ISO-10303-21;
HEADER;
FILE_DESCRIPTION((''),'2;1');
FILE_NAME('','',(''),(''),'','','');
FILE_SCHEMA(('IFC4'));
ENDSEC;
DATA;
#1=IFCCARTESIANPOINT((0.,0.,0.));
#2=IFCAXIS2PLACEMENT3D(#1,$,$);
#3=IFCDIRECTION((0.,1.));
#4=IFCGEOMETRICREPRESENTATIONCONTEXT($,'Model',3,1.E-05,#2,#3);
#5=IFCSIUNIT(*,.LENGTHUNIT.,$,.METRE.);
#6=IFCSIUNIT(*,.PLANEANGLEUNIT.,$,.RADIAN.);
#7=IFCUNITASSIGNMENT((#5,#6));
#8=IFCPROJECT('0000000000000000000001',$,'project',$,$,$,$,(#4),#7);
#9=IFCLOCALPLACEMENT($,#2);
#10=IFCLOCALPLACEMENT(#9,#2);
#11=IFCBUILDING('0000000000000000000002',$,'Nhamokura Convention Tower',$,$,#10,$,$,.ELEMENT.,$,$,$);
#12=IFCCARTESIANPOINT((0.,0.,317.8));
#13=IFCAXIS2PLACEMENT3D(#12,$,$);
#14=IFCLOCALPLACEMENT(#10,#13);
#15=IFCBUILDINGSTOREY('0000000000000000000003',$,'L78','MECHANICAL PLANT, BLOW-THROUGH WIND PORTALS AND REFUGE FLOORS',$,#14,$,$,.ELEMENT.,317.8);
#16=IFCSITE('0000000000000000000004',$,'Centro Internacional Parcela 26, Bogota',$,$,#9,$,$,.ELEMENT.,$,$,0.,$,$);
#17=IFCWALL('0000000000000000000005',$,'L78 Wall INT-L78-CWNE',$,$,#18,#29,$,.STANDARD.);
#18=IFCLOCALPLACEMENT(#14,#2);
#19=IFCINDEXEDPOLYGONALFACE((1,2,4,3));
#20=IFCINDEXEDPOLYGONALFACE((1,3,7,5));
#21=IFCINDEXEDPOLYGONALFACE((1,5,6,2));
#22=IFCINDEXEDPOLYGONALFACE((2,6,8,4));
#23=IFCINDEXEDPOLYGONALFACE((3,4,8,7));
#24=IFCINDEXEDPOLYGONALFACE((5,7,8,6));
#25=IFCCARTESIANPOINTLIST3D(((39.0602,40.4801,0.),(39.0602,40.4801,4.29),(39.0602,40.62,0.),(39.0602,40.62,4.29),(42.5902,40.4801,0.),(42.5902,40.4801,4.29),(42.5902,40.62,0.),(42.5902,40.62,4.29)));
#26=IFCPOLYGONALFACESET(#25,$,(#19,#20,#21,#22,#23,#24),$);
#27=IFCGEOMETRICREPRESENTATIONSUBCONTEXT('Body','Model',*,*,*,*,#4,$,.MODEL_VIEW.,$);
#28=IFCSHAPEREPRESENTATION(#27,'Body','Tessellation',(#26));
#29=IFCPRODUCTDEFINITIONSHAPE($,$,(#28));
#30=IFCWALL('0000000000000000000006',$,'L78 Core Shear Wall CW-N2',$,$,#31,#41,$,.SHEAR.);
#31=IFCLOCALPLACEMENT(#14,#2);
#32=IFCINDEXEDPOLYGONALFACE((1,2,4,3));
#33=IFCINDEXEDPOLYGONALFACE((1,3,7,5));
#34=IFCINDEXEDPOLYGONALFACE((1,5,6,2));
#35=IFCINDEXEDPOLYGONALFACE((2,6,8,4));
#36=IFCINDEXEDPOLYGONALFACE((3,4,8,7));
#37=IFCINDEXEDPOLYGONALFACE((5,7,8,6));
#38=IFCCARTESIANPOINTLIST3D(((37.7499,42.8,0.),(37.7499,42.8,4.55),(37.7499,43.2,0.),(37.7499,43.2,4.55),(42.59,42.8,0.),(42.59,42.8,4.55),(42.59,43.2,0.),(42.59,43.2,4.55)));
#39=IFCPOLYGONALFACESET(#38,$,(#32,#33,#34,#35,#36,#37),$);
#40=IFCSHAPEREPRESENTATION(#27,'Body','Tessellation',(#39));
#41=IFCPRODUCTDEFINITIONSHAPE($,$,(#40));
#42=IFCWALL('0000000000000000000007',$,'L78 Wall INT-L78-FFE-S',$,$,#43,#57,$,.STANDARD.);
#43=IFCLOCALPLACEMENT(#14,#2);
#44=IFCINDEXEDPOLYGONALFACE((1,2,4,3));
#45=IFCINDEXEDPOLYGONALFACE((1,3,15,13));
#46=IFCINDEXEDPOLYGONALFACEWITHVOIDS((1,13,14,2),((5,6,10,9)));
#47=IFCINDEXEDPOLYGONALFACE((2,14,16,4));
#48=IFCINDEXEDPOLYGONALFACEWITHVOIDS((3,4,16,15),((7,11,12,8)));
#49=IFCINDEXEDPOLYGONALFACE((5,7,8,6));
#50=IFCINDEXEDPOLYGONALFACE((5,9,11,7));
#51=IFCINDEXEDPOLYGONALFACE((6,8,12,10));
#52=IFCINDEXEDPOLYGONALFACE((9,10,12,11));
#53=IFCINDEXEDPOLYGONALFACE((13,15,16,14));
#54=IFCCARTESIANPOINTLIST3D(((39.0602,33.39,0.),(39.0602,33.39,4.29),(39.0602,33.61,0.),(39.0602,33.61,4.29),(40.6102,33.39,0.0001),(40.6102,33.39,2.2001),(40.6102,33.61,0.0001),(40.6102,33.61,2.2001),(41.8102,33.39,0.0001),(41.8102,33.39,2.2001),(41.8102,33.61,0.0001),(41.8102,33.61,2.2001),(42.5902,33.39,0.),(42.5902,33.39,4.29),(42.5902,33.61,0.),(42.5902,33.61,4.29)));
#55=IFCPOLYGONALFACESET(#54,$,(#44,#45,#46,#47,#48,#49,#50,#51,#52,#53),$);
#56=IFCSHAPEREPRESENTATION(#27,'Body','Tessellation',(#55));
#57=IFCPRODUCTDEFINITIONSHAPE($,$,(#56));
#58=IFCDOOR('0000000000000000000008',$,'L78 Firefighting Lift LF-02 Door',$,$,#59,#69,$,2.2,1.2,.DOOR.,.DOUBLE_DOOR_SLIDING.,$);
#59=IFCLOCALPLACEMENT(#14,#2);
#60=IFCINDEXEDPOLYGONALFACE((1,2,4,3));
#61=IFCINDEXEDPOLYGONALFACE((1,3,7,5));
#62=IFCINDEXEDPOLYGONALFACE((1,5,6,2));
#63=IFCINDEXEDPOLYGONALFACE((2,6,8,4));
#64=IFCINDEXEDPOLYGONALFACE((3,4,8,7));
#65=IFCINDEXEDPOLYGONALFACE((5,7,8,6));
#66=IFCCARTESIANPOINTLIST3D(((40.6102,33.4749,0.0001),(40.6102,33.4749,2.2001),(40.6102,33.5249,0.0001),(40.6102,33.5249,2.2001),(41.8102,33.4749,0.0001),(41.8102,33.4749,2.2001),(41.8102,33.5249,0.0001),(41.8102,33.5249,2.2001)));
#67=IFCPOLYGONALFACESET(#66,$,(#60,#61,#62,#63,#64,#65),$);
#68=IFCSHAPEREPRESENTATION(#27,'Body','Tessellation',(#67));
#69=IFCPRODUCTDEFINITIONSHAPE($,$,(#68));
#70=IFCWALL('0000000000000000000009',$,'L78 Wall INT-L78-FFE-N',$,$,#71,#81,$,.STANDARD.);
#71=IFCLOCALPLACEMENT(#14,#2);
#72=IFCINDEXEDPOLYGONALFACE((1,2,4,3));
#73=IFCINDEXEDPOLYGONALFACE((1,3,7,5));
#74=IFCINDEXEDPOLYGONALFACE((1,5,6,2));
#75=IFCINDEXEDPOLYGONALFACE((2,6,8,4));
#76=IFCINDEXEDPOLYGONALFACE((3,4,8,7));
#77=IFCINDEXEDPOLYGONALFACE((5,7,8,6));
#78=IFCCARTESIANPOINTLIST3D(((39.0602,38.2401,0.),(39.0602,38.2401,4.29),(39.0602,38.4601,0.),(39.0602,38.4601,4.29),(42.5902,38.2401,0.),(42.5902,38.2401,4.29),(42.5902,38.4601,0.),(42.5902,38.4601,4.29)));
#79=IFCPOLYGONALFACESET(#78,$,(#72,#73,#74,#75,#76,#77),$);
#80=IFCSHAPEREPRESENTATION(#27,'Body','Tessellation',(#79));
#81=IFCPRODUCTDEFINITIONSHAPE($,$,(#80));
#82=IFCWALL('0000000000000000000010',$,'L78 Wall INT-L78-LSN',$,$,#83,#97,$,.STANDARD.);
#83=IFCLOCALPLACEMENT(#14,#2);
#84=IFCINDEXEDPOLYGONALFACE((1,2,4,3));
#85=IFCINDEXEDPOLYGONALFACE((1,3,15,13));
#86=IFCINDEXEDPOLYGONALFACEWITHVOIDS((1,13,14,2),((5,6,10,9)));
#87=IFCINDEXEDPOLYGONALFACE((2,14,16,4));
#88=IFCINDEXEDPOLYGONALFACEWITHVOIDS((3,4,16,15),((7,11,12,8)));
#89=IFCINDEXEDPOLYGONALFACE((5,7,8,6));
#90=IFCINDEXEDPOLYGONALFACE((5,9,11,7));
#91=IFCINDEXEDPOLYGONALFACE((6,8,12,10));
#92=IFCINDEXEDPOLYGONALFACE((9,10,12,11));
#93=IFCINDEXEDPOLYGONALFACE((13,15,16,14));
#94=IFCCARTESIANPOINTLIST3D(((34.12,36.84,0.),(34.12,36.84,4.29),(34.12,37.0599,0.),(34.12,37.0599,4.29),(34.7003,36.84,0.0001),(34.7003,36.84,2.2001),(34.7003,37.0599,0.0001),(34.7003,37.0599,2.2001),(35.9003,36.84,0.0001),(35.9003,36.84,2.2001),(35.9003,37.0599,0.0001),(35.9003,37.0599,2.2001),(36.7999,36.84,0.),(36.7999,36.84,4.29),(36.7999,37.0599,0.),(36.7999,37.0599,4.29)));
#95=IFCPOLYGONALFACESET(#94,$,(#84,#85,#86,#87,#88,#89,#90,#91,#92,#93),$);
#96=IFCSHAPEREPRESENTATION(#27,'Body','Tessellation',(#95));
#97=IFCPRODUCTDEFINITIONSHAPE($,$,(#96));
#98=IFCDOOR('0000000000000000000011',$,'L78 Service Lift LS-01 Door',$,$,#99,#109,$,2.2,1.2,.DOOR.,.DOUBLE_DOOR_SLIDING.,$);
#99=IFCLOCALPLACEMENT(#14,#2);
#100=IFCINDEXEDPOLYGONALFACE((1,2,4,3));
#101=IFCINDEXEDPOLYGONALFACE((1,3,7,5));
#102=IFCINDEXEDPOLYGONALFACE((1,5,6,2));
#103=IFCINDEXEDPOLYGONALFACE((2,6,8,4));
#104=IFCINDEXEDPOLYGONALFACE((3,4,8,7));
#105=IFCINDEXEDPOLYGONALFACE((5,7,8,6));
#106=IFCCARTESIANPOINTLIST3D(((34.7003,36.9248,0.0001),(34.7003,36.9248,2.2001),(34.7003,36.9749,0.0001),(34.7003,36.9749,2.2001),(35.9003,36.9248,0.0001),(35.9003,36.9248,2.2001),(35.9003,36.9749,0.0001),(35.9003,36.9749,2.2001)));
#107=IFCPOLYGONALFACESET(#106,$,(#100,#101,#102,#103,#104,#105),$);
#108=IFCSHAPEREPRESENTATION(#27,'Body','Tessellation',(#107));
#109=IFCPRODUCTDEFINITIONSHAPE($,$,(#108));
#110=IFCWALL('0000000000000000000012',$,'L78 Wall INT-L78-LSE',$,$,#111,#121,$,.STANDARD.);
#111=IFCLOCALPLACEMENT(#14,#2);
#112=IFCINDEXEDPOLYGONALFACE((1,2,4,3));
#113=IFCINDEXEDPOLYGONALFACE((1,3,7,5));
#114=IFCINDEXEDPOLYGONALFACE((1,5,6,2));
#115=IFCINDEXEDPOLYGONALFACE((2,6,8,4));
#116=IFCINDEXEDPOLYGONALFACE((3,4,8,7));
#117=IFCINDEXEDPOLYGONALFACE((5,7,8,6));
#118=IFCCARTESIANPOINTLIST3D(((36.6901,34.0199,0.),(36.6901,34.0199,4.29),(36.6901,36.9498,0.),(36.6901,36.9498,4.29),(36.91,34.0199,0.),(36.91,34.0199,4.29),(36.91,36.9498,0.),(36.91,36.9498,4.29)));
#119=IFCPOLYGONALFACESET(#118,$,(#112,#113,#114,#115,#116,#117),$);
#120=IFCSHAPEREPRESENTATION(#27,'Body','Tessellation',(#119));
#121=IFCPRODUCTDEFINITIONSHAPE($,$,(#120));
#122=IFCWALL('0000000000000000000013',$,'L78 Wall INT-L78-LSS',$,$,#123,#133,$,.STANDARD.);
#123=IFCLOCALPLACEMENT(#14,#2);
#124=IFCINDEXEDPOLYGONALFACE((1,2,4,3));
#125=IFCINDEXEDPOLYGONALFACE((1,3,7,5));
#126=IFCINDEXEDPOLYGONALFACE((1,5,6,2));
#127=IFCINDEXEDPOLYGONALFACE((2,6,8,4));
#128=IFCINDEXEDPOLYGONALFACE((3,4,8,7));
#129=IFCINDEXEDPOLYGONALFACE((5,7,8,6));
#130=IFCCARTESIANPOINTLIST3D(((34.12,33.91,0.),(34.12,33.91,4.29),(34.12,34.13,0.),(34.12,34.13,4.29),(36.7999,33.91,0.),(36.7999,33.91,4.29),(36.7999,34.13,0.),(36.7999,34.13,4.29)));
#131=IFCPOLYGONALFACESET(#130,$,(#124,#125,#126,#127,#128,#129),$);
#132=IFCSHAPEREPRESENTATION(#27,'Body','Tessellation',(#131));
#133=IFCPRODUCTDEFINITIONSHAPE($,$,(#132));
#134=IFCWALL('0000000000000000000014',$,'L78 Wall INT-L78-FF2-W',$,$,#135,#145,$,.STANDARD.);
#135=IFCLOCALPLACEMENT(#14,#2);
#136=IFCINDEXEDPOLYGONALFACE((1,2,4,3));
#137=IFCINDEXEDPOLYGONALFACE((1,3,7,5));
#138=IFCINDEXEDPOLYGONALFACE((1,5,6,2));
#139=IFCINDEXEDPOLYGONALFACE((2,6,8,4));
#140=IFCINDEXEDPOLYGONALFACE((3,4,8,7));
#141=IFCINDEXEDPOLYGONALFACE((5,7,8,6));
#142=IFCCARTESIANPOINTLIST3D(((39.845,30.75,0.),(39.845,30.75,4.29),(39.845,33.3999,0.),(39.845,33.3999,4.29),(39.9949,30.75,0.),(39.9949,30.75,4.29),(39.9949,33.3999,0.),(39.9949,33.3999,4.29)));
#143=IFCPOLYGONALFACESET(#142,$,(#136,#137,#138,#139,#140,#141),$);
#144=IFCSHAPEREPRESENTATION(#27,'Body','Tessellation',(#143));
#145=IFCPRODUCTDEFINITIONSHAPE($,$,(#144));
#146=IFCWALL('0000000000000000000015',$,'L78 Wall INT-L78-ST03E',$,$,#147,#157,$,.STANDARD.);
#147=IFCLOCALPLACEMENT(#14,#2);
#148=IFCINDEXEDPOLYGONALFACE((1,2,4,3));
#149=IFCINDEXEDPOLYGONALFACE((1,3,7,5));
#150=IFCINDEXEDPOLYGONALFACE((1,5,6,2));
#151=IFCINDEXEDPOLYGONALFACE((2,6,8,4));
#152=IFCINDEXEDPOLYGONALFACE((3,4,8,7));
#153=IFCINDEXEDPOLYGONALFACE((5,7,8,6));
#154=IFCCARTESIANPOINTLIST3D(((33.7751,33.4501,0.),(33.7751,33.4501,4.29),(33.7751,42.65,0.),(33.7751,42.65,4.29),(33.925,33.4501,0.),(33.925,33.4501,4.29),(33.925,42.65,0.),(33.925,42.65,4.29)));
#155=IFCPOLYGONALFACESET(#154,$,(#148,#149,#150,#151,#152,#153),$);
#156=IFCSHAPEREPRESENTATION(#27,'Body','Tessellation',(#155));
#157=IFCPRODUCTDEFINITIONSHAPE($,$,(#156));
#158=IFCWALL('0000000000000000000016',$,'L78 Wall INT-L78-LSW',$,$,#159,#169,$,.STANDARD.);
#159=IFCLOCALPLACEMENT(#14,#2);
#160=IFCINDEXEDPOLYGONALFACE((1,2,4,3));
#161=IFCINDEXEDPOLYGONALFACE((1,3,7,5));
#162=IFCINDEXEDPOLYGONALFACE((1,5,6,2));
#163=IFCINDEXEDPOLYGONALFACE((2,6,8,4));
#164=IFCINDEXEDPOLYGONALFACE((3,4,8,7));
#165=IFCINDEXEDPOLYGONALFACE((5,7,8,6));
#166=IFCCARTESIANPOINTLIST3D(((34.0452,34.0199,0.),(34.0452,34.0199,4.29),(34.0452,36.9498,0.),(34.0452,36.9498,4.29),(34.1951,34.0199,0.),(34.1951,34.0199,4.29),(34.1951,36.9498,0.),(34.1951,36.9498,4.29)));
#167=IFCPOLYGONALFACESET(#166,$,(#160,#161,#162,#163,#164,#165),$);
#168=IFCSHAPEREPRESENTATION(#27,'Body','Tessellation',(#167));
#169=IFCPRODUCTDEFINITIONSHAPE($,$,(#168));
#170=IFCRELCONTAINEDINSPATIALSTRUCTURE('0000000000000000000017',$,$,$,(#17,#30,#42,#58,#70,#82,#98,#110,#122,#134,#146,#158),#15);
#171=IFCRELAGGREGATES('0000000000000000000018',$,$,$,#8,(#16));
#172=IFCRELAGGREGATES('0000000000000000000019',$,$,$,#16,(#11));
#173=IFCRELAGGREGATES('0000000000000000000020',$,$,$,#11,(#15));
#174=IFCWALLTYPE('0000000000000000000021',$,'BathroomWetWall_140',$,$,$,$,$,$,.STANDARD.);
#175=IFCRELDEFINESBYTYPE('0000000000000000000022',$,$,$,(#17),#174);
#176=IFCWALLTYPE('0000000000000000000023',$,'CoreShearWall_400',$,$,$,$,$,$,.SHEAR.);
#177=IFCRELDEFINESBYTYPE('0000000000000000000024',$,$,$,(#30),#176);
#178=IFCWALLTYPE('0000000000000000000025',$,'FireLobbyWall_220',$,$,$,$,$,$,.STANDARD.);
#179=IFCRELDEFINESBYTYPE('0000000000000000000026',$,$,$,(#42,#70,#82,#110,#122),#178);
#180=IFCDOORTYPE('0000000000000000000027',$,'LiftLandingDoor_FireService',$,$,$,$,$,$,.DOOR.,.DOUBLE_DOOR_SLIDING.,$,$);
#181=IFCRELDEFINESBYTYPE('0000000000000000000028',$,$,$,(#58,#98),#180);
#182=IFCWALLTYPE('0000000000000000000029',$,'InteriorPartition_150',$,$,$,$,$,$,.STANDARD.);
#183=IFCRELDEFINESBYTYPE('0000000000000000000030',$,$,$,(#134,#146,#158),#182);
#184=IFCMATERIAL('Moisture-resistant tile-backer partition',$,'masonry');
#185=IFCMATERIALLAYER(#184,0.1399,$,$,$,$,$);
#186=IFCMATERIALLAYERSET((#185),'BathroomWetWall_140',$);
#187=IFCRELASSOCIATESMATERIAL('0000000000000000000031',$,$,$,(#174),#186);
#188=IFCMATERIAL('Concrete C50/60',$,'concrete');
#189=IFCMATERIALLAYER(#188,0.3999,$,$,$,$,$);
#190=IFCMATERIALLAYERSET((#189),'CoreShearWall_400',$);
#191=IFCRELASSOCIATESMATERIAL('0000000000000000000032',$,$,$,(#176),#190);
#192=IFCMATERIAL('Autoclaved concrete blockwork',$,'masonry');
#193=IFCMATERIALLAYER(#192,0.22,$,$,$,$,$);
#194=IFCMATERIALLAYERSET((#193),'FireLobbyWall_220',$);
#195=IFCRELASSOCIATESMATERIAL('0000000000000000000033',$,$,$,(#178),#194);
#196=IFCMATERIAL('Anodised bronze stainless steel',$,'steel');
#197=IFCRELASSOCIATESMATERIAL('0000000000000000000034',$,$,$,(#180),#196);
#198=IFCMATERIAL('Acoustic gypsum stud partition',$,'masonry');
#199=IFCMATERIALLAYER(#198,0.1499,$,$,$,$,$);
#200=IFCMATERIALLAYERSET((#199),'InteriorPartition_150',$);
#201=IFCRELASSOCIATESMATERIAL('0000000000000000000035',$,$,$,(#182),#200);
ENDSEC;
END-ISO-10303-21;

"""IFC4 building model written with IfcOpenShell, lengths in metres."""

from ifc_helpers import new_model, si_unit, direction, frame, frame_2d, origin, place, context, subcontext, project, spatial, rectangle, extrude, material, layer, layer_set, type_object, element, fill, save


model = new_model("IFC4")

# Units and contexts
model_context = context("Model", 3, precision=1e-05, world=origin(), true_north=direction((0.0, 1.0)))
body_context = subcontext(model_context, "Body", "Model", "MODEL_VIEW")
ifc_project = project(units=[si_unit("LENGTHUNIT", "METRE"), si_unit("PLANEANGLEUNIT", "RADIAN")], contexts=[model_context])

# Site, building, storey
site_placement = place(None, origin())
site = spatial("IfcSite", under=ifc_project, at=site_placement, Name="Centro Internacional Parcela 26, Bogota", CompositionType="ELEMENT", RefElevation=0.0)
building_placement = place(site_placement, origin())
building = spatial("IfcBuilding", under=site, at=building_placement, Name="Nhamokura Convention Tower", CompositionType="ELEMENT")
storey_placement = place(building_placement, frame((0.0, 0.0, 317.8)))
storey = spatial("IfcBuildingStorey", under=building, at=storey_placement, Name="L78", Description="MECHANICAL PLANT, BLOW-THROUGH WIND PORTALS AND REFUGE FLOORS", CompositionType="ELEMENT", Elevation=317.8)

# Walls
ifc_material_1 = material(Name="Moisture-resistant tile-backer partition", Category="masonry")
ifc_layer_1 = layer(ifc_material_1, 0.1399)
ifc_layer_set_1 = layer_set([ifc_layer_1], Name="BathroomWetWall_140")
wall_type_1 = type_object("IfcWallType", Name="BathroomWetWall_140", PredefinedType="STANDARD", material=ifc_layer_set_1)
wall_1_placement = place(storey_placement, frame((39.0601, 40.55, 0.0), z_axis=(0.0, 0.0, 1.0), x_axis=(1.0, 0.0, 0.0)))
element("IfcWall", 1, at=wall_1_placement, inside=storey, type_object=wall_type_1, Name="L78 Wall INT-L78-CWNE", PredefinedType="STANDARD", context=body_context, shape_type="SweptSolid", body=[
    extrude(rectangle(XDim=3.53, YDim=0.1399, at=frame_2d((1.7651, 0.0))), origin(), (0.0, 0.0, 1.0), 4.29),
])
ifc_material_2 = material(Name="Concrete C50/60", Category="concrete")
ifc_layer_2 = layer(ifc_material_2, 0.3999)
ifc_layer_set_2 = layer_set([ifc_layer_2], Name="CoreShearWall_400")
wall_type_2 = type_object("IfcWallType", Name="CoreShearWall_400", PredefinedType="SHEAR", material=ifc_layer_set_2)
wall_2_placement = place(storey_placement, frame((37.75, 43.0, 0.0), z_axis=(0.0, 0.0, 1.0), x_axis=(1.0, 0.0, 0.0)))
element("IfcWall", 2, at=wall_2_placement, inside=storey, type_object=wall_type_2, Name="L78 Core Shear Wall CW-N2", PredefinedType="SHEAR", context=body_context, shape_type="SweptSolid", body=[
    extrude(rectangle(XDim=4.8401, YDim=0.3999, at=frame_2d((2.4199, 0.0))), origin(), (0.0, 0.0, 1.0), 4.55),
])

# Wall, opening, door
ifc_material_3 = material(Name="Autoclaved concrete blockwork", Category="masonry")
ifc_layer_3 = layer(ifc_material_3, 0.22)
ifc_layer_set_3 = layer_set([ifc_layer_3], Name="FireLobbyWall_220")
wall_type_3 = type_object("IfcWallType", Name="FireLobbyWall_220", PredefinedType="STANDARD", material=ifc_layer_set_3)
wall_3_placement = place(storey_placement, frame((39.0601, 33.5, 0.0), z_axis=(0.0, 0.0, 1.0), x_axis=(1.0, 0.0, 0.0)))
wall_3 = element("IfcWall", 3, at=wall_3_placement, inside=storey, type_object=wall_type_3, Name="L78 Wall INT-L78-FFE-S", PredefinedType="STANDARD", context=body_context, shape_type="SweptSolid", body=[
    extrude(rectangle(XDim=3.53, YDim=0.22, at=frame_2d((1.7651, 0.0))), origin(), (0.0, 0.0, 1.0), 4.29),
])
opening_1_placement = place(wall_3_placement, frame((1.55, 0.0, 0.0)))
opening_1 = element("IfcOpeningElement", 4, at=opening_1_placement, cuts=wall_3, PredefinedType="OPENING", context=body_context, shape_type="SweptSolid", body=[
    extrude(rectangle(XDim=1.2, YDim=2.2, at=frame_2d((0.6001, 1.1001))), frame((0.0, 0.1199, 0.0), z_axis=(0.0, -1.0, 0.0), x_axis=(1.0, 0.0, 0.0)), (0.0, 0.0, 1.0), 0.24),
])
ifc_material_4 = material(Name="Anodised bronze stainless steel", Category="steel")
door_type_1 = type_object("IfcDoorType", Name="LiftLandingDoor_FireService", OperationType="DOUBLE_DOOR_SLIDING", PredefinedType="DOOR", material=ifc_material_4)
door_1_placement = place(opening_1_placement, origin())
door_1 = element("IfcDoor", 5, at=door_1_placement, inside=storey, type_object=door_type_1, Name="L78 Firefighting Lift LF-02 Door", OperationType="DOUBLE_DOOR_SLIDING", OverallHeight=2.2, OverallWidth=1.2, PredefinedType="DOOR", context=body_context, shape_type="SweptSolid", body=[
    extrude(rectangle(XDim=1.2, YDim=2.2, at=frame_2d((0.6001, 1.1001))), frame((0.0, 0.0249, 0.0), z_axis=(0.0, -1.0, 0.0), x_axis=(1.0, 0.0, 0.0)), (0.0, 0.0, 1.0), 0.05),
])
fill(opening_1, door_1)

# Wall
wall_4_placement = place(storey_placement, frame((39.0601, 38.3501, 0.0), z_axis=(0.0, 0.0, 1.0), x_axis=(1.0, 0.0, 0.0)))
element("IfcWall", 6, at=wall_4_placement, inside=storey, type_object=wall_type_3, Name="L78 Wall INT-L78-FFE-N", PredefinedType="STANDARD", context=body_context, shape_type="SweptSolid", body=[
    extrude(rectangle(XDim=3.53, YDim=0.22, at=frame_2d((1.7651, 0.0))), origin(), (0.0, 0.0, 1.0), 4.29),
])

# Wall, opening, door
wall_5_placement = place(storey_placement, frame((34.1201, 36.95, 0.0), z_axis=(0.0, 0.0, 1.0), x_axis=(1.0, 0.0, 0.0)))
wall_5 = element("IfcWall", 7, at=wall_5_placement, inside=storey, type_object=wall_type_3, Name="L78 Wall INT-L78-LSN", PredefinedType="STANDARD", context=body_context, shape_type="SweptSolid", body=[
    extrude(rectangle(XDim=2.6799, YDim=0.22, at=frame_2d((1.3398, 0.0))), origin(), (0.0, 0.0, 1.0), 4.29),
])
opening_2_placement = place(wall_5_placement, frame((0.5801, 0.0, 0.0)))
opening_2 = element("IfcOpeningElement", 8, at=opening_2_placement, cuts=wall_5, PredefinedType="OPENING", context=body_context, shape_type="SweptSolid", body=[
    extrude(rectangle(XDim=1.2, YDim=2.2, at=frame_2d((0.6001, 1.1001))), frame((0.0, 0.1199, 0.0), z_axis=(0.0, -1.0, 0.0), x_axis=(1.0, 0.0, 0.0)), (0.0, 0.0, 1.0), 0.24),
])
door_2_placement = place(opening_2_placement, origin())
door_2 = element("IfcDoor", 9, at=door_2_placement, inside=storey, type_object=door_type_1, Name="L78 Service Lift LS-01 Door", OperationType="DOUBLE_DOOR_SLIDING", OverallHeight=2.2, OverallWidth=1.2, PredefinedType="DOOR", context=body_context, shape_type="SweptSolid", body=[
    extrude(rectangle(XDim=1.2, YDim=2.2, at=frame_2d((0.6001, 1.1001))), frame((0.0, 0.0249, 0.0), z_axis=(0.0, -1.0, 0.0), x_axis=(1.0, 0.0, 0.0)), (0.0, 0.0, 1.0), 0.05),
])
fill(opening_2, door_2)

# Walls
wall_6_placement = place(storey_placement, frame((36.8, 34.02, 0.0), z_axis=(0.0, 0.0, 1.0), x_axis=(0.0, 1.0, 0.0)))
element("IfcWall", 10, at=wall_6_placement, inside=storey, type_object=wall_type_3, Name="L78 Wall INT-L78-LSE", PredefinedType="STANDARD", context=body_context, shape_type="SweptSolid", body=[
    extrude(rectangle(XDim=2.9299, YDim=0.22, at=frame_2d((1.4648, 0.0))), origin(), (0.0, 0.0, 1.0), 4.29),
])
wall_7_placement = place(storey_placement, frame((34.1201, 34.02, 0.0), z_axis=(0.0, 0.0, 1.0), x_axis=(1.0, 0.0, 0.0)))
element("IfcWall", 11, at=wall_7_placement, inside=storey, type_object=wall_type_3, Name="L78 Wall INT-L78-LSS", PredefinedType="STANDARD", context=body_context, shape_type="SweptSolid", body=[
    extrude(rectangle(XDim=2.6799, YDim=0.22, at=frame_2d((1.3398, 0.0))), origin(), (0.0, 0.0, 1.0), 4.29),
])
ifc_material_5 = material(Name="Acoustic gypsum stud partition", Category="masonry")
ifc_layer_4 = layer(ifc_material_5, 0.1499)
ifc_layer_set_4 = layer_set([ifc_layer_4], Name="InteriorPartition_150")
wall_type_4 = type_object("IfcWallType", Name="InteriorPartition_150", PredefinedType="STANDARD", material=ifc_layer_set_4)
wall_8_placement = place(storey_placement, frame((39.9199, 30.75, 0.0), z_axis=(0.0, 0.0, 1.0), x_axis=(0.0, 1.0, 0.0)))
element("IfcWall", 12, at=wall_8_placement, inside=storey, type_object=wall_type_4, Name="L78 Wall INT-L78-FF2-W", PredefinedType="STANDARD", context=body_context, shape_type="SweptSolid", body=[
    extrude(rectangle(XDim=2.6499, YDim=0.1499, at=frame_2d((1.325, 0.0))), origin(), (0.0, 0.0, 1.0), 4.29),
])
wall_9_placement = place(storey_placement, frame((33.8501, 33.45, 0.0), z_axis=(0.0, 0.0, 1.0), x_axis=(0.0, 1.0, 0.0)))
element("IfcWall", 13, at=wall_9_placement, inside=storey, type_object=wall_type_4, Name="L78 Wall INT-L78-ST03E", PredefinedType="STANDARD", context=body_context, shape_type="SweptSolid", body=[
    extrude(rectangle(XDim=9.2, YDim=0.1499, at=frame_2d((4.6001, 0.0))), origin(), (0.0, 0.0, 1.0), 4.29),
])
wall_10_placement = place(storey_placement, frame((34.1201, 34.02, 0.0), z_axis=(0.0, 0.0, 1.0), x_axis=(0.0, 1.0, 0.0)))
element("IfcWall", 14, at=wall_10_placement, inside=storey, type_object=wall_type_4, Name="L78 Wall INT-L78-LSW", PredefinedType="STANDARD", context=body_context, shape_type="SweptSolid", body=[
    extrude(rectangle(XDim=2.9299, YDim=0.1499, at=frame_2d((1.4648, 0.0))), origin(), (0.0, 0.0, 1.0), 4.29),
])

save(model, "model.ifc")
